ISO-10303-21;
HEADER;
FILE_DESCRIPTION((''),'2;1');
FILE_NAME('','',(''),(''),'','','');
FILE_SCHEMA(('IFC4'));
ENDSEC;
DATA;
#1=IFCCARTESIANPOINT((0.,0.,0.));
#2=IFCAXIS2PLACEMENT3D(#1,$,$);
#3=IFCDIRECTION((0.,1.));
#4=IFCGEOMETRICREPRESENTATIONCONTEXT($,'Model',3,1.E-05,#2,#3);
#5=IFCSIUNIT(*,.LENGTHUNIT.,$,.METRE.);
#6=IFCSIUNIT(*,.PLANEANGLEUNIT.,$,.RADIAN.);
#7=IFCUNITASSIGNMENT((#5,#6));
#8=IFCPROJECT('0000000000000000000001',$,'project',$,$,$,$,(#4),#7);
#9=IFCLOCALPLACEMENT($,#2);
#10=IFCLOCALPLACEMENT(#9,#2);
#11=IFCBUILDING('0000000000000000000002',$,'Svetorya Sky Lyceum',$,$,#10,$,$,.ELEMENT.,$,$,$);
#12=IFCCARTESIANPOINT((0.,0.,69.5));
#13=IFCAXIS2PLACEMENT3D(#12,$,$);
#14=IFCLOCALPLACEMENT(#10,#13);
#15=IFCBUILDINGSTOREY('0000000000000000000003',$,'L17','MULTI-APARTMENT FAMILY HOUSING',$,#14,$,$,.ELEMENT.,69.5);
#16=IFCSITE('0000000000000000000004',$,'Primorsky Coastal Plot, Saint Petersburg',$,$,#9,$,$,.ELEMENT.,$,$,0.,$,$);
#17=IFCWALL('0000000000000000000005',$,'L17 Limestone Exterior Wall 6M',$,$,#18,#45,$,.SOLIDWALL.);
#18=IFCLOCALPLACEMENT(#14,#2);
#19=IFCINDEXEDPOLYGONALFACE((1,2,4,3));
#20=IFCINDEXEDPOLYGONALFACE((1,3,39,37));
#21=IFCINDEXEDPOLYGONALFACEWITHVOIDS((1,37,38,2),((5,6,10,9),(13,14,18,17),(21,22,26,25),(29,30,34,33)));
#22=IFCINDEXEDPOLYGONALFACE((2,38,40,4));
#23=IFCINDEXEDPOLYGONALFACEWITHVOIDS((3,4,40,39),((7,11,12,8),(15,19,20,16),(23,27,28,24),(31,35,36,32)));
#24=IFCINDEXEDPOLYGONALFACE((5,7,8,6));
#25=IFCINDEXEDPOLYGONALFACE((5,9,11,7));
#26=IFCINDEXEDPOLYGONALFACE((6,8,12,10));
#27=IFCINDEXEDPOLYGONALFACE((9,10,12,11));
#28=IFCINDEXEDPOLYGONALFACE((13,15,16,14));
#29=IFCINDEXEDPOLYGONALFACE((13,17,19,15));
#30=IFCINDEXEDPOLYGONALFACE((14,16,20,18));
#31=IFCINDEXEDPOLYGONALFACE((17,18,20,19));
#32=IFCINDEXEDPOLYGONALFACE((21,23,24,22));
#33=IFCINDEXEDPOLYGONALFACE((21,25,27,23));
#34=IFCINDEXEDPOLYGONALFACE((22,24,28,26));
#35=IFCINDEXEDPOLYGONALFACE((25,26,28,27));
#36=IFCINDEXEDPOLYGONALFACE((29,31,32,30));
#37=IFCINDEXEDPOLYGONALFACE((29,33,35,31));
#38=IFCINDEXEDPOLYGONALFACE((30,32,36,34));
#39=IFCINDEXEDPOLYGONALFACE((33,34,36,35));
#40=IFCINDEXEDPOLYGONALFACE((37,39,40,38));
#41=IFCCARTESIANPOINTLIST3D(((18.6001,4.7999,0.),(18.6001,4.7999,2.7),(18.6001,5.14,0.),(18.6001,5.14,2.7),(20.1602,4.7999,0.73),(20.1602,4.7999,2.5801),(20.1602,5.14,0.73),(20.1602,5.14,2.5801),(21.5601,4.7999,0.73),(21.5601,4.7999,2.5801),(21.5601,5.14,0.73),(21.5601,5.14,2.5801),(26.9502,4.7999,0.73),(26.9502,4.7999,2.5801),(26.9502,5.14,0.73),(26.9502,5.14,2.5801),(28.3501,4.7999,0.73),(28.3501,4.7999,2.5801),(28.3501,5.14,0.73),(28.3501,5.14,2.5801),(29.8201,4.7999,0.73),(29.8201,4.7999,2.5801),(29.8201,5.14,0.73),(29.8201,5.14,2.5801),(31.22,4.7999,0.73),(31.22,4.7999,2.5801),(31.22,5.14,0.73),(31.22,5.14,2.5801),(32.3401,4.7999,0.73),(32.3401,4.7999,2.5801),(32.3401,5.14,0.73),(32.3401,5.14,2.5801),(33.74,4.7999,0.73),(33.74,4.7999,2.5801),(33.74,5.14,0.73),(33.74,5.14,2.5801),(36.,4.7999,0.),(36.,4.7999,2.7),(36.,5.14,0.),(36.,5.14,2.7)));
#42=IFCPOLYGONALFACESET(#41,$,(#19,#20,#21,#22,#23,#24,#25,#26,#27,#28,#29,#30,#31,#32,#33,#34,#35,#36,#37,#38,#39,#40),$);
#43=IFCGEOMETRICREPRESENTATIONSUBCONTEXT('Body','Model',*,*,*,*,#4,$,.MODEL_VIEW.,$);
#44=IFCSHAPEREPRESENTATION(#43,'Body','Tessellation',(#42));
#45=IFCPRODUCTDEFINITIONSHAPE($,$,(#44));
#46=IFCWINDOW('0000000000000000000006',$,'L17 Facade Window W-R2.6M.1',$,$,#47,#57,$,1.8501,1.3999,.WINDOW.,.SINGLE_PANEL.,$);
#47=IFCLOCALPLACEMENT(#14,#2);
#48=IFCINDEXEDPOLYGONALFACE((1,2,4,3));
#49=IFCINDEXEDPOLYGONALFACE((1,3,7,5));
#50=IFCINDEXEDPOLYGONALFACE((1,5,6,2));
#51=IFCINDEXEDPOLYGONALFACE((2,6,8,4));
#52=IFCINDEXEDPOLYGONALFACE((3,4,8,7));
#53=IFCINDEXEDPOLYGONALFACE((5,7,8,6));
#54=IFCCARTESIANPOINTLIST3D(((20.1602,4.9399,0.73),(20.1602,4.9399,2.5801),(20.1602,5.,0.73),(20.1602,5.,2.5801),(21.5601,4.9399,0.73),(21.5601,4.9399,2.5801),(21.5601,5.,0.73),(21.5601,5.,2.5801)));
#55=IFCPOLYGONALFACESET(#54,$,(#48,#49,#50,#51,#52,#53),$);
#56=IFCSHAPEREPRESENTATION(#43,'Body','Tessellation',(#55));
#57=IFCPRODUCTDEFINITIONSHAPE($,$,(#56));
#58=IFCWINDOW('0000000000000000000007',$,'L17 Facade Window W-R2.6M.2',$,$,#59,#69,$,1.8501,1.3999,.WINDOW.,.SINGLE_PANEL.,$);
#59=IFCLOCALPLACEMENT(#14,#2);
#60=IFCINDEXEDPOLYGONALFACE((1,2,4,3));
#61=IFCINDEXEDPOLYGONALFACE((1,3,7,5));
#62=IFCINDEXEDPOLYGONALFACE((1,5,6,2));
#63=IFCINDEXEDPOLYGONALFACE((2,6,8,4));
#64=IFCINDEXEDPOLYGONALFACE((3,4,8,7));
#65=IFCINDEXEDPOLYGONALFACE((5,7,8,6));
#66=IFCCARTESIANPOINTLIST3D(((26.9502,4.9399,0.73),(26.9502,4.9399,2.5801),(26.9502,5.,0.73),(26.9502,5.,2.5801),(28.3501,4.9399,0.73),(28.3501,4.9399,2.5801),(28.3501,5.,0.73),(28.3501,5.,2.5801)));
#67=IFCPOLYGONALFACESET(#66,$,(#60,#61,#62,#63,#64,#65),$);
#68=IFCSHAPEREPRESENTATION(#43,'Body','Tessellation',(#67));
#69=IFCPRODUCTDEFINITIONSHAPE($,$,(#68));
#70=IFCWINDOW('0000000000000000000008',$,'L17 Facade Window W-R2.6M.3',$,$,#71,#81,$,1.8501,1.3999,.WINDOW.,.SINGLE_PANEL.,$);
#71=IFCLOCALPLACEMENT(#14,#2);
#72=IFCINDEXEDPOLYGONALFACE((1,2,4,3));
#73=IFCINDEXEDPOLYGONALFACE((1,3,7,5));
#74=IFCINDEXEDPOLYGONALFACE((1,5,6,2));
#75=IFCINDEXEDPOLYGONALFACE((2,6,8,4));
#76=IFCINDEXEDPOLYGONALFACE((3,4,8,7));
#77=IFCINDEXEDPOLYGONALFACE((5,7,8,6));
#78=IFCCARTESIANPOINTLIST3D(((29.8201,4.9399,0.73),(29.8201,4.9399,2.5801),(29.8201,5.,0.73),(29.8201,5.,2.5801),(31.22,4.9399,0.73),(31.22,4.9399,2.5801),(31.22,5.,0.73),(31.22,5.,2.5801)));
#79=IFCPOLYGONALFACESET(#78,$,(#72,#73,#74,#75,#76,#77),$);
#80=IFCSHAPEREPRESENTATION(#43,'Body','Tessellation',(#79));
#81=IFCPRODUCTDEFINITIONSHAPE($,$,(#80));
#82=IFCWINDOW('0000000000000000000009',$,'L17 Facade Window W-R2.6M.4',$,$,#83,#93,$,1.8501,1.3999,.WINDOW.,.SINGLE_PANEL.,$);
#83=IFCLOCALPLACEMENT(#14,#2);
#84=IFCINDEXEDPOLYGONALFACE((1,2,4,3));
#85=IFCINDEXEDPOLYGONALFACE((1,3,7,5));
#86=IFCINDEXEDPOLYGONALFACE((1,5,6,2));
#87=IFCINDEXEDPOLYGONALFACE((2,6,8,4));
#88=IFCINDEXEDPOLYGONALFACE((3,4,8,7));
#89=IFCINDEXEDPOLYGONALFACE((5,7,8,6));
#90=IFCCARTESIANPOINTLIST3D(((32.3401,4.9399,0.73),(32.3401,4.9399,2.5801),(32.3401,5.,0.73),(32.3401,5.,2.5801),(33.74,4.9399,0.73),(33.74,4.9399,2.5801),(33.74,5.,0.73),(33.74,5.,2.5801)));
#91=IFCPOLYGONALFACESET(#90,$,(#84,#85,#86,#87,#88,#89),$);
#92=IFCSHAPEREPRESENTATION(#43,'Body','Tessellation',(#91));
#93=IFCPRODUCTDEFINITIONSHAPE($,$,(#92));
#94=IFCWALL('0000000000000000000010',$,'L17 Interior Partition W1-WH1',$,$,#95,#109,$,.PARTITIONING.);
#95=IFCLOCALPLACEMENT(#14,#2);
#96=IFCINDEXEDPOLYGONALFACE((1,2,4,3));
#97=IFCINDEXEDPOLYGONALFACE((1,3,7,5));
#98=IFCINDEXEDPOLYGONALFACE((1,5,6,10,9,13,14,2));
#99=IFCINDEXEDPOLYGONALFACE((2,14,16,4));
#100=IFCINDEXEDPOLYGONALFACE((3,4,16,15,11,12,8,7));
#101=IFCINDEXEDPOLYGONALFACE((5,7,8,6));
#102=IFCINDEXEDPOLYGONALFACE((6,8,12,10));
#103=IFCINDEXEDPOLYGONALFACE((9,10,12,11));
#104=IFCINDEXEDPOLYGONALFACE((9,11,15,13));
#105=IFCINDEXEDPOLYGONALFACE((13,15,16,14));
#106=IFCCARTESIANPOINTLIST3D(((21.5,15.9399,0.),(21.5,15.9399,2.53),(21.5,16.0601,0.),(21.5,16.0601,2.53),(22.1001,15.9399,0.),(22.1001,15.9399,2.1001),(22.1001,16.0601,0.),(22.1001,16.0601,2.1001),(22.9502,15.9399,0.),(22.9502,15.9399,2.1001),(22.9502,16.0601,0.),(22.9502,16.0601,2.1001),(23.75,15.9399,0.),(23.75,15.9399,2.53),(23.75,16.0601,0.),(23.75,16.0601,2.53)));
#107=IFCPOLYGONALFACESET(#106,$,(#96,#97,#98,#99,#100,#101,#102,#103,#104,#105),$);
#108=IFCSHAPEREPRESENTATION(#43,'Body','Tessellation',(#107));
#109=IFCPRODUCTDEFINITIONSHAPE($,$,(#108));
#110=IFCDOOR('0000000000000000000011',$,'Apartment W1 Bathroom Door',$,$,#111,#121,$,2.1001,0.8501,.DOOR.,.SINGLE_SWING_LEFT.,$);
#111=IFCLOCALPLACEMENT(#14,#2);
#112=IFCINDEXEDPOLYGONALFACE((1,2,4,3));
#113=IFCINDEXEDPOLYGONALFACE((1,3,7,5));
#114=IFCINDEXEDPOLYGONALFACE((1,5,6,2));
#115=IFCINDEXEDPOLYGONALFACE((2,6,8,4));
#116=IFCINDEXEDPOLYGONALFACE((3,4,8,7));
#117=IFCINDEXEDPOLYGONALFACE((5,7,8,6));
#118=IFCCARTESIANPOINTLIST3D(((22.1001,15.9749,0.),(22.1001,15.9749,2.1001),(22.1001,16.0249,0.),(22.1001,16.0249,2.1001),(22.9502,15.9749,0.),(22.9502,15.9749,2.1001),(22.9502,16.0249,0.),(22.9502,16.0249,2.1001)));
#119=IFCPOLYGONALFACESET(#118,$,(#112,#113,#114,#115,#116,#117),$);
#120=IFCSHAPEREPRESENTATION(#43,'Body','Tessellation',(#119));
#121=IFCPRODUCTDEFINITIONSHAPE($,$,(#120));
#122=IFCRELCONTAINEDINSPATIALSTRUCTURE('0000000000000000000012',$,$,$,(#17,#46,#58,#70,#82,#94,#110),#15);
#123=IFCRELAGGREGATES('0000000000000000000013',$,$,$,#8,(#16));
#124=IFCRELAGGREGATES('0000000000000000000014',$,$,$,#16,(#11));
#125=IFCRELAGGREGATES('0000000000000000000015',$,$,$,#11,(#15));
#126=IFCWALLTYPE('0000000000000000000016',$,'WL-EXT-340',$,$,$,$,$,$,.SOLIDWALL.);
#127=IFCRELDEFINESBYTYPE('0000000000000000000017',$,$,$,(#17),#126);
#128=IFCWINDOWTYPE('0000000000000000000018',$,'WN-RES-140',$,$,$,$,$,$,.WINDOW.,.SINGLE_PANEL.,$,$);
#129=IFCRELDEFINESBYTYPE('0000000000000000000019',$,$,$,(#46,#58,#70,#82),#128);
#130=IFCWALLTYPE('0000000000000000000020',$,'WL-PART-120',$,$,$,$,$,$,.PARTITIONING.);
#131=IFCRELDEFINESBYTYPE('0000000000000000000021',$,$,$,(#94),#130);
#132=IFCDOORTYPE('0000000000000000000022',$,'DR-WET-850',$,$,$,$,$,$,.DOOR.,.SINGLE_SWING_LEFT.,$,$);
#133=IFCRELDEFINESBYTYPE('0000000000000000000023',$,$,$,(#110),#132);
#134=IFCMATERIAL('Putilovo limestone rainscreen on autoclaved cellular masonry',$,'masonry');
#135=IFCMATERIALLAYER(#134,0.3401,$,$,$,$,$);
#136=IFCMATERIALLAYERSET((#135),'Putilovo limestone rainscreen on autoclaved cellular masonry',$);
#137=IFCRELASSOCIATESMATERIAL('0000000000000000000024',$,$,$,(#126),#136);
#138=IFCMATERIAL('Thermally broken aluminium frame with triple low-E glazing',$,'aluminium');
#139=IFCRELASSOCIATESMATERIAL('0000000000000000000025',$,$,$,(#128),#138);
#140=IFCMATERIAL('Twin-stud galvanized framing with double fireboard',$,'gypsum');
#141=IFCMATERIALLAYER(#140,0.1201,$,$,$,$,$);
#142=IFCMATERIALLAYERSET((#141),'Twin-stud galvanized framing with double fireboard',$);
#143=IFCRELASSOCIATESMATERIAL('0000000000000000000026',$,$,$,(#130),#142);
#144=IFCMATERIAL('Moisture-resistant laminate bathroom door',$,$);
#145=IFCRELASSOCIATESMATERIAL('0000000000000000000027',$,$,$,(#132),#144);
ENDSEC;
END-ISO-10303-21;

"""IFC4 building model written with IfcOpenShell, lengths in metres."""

from ifc_helpers import new_model, si_unit, direction, frame, frame_2d, origin, place, context, subcontext, project, spatial, rectangle, extrude, material, layer, layer_set, type_object, element, fill, save


model = new_model("IFC4")

# Units and contexts
model_context = context("Model", 3, precision=1e-05, world=origin(), true_north=direction((0.0, 1.0)))
body_context = subcontext(model_context, "Body", "Model", "MODEL_VIEW")
ifc_project = project(units=[si_unit("LENGTHUNIT", "METRE"), si_unit("PLANEANGLEUNIT", "RADIAN")], contexts=[model_context])

# Site, building, storey
site_placement = place(None, origin())
site = spatial("IfcSite", under=ifc_project, at=site_placement, Name="Primorsky Coastal Plot, Saint Petersburg", CompositionType="ELEMENT", RefElevation=0.0)
building_placement = place(site_placement, origin())
building = spatial("IfcBuilding", under=site, at=building_placement, Name="Svetorya Sky Lyceum", CompositionType="ELEMENT")
storey_placement = place(building_placement, frame((0.0, 0.0, 69.5)))
storey = spatial("IfcBuildingStorey", under=building, at=storey_placement, Name="L17", Description="MULTI-APARTMENT FAMILY HOUSING", CompositionType="ELEMENT", Elevation=69.5)

# Shared definitions
ifc_material_1 = material(Name="Putilovo limestone rainscreen on autoclaved cellular masonry", Category="masonry")
ifc_layer_1 = layer(ifc_material_1, 0.3401)
ifc_layer_set_1 = layer_set([ifc_layer_1], Name="Putilovo limestone rainscreen on autoclaved cellular masonry")
wall_type_1 = type_object("IfcWallType", Name="WL-EXT-340", PredefinedType="SOLIDWALL", material=ifc_layer_set_1)

# Wall, openings, windows
wall_1_placement = place(storey_placement, frame((18.6001, 4.97, 0.0), z_axis=(0.0, 0.0, 1.0), x_axis=(1.0, 0.0, 0.0)))
wall_1 = element("IfcWall", 1, at=wall_1_placement, inside=storey, type_object=wall_type_1, Name="L17 Limestone Exterior Wall 6M", PredefinedType="SOLIDWALL", context=body_context, shape_type="SweptSolid", body=[
    extrude(rectangle(XDim=17.3999, YDim=0.3401, at=frame_2d((8.7, 0.0))), origin(), (0.0, 0.0, 1.0), 2.7),
])
opening_1_placement = place(wall_1_placement, frame((1.5601, 0.0, 0.73)))
opening_1 = element("IfcOpeningElement", 2, at=opening_1_placement, cuts=wall_1, PredefinedType="OPENING", context=body_context, shape_type="SweptSolid", body=[
    extrude(rectangle(XDim=1.3999, YDim=1.8501, at=frame_2d((0.7, 0.925))), frame((0.0, 0.1799, 0.0), z_axis=(0.0, -1.0, 0.0), x_axis=(1.0, 0.0, 0.0)), (0.0, 0.0, 1.0), 0.3601),
])
opening_2_placement = place(wall_1_placement, frame((8.3501, 0.0, 0.73)))
opening_2 = element("IfcOpeningElement", 3, at=opening_2_placement, cuts=wall_1, PredefinedType="OPENING", context=body_context, shape_type="SweptSolid", body=[
    extrude(rectangle(XDim=1.3999, YDim=1.8501, at=frame_2d((0.7, 0.925))), frame((0.0, 0.1799, 0.0), z_axis=(0.0, -1.0, 0.0), x_axis=(1.0, 0.0, 0.0)), (0.0, 0.0, 1.0), 0.3601),
])
opening_3_placement = place(wall_1_placement, frame((11.22, 0.0, 0.73)))
opening_3 = element("IfcOpeningElement", 4, at=opening_3_placement, cuts=wall_1, PredefinedType="OPENING", context=body_context, shape_type="SweptSolid", body=[
    extrude(rectangle(XDim=1.3999, YDim=1.8501, at=frame_2d((0.7, 0.925))), frame((0.0, 0.1799, 0.0), z_axis=(0.0, -1.0, 0.0), x_axis=(1.0, 0.0, 0.0)), (0.0, 0.0, 1.0), 0.3601),
])
opening_4_placement = place(wall_1_placement, frame((13.74, 0.0, 0.73)))
opening_4 = element("IfcOpeningElement", 5, at=opening_4_placement, cuts=wall_1, PredefinedType="OPENING", context=body_context, shape_type="SweptSolid", body=[
    extrude(rectangle(XDim=1.3999, YDim=1.8501, at=frame_2d((0.7, 0.925))), frame((0.0, 0.1799, 0.0), z_axis=(0.0, -1.0, 0.0), x_axis=(1.0, 0.0, 0.0)), (0.0, 0.0, 1.0), 0.3601),
])
ifc_material_2 = material(Name="Thermally broken aluminium frame with triple low-E glazing", Category="aluminium")
window_type = type_object("IfcWindowType", Name="WN-RES-140", PartitioningType="SINGLE_PANEL", PredefinedType="WINDOW", material=ifc_material_2)
window_1_placement = place(opening_1_placement, origin())
window_1 = element("IfcWindow", 6, at=window_1_placement, inside=storey, type_object=window_type, Name="L17 Facade Window W-R2.6M.1", OverallHeight=1.8501, OverallWidth=1.3999, PartitioningType="SINGLE_PANEL", PredefinedType="WINDOW", context=body_context, shape_type="SweptSolid", body=[
    extrude(rectangle(XDim=1.3999, YDim=1.8501, at=frame_2d((0.7, 0.925))), frame((0.0, 0.03, 0.0), z_axis=(0.0, -1.0, 0.0), x_axis=(1.0, 0.0, 0.0)), (0.0, 0.0, 1.0), 0.0601),
])
fill(opening_1, window_1)
window_2_placement = place(opening_2_placement, origin())
window_2 = element("IfcWindow", 7, at=window_2_placement, inside=storey, type_object=window_type, Name="L17 Facade Window W-R2.6M.2", OverallHeight=1.8501, OverallWidth=1.3999, PartitioningType="SINGLE_PANEL", PredefinedType="WINDOW", context=body_context, shape_type="SweptSolid", body=[
    extrude(rectangle(XDim=1.3999, YDim=1.8501, at=frame_2d((0.7, 0.925))), frame((0.0, 0.03, 0.0), z_axis=(0.0, -1.0, 0.0), x_axis=(1.0, 0.0, 0.0)), (0.0, 0.0, 1.0), 0.0601),
])
fill(opening_2, window_2)
window_3_placement = place(opening_3_placement, origin())
window_3 = element("IfcWindow", 8, at=window_3_placement, inside=storey, type_object=window_type, Name="L17 Facade Window W-R2.6M.3", OverallHeight=1.8501, OverallWidth=1.3999, PartitioningType="SINGLE_PANEL", PredefinedType="WINDOW", context=body_context, shape_type="SweptSolid", body=[
    extrude(rectangle(XDim=1.3999, YDim=1.8501, at=frame_2d((0.7, 0.925))), frame((0.0, 0.03, 0.0), z_axis=(0.0, -1.0, 0.0), x_axis=(1.0, 0.0, 0.0)), (0.0, 0.0, 1.0), 0.0601),
])
fill(opening_3, window_3)
window_4_placement = place(opening_4_placement, origin())
window_4 = element("IfcWindow", 9, at=window_4_placement, inside=storey, type_object=window_type, Name="L17 Facade Window W-R2.6M.4", OverallHeight=1.8501, OverallWidth=1.3999, PartitioningType="SINGLE_PANEL", PredefinedType="WINDOW", context=body_context, shape_type="SweptSolid", body=[
    extrude(rectangle(XDim=1.3999, YDim=1.8501, at=frame_2d((0.7, 0.925))), frame((0.0, 0.03, 0.0), z_axis=(0.0, -1.0, 0.0), x_axis=(1.0, 0.0, 0.0)), (0.0, 0.0, 1.0), 0.0601),
])
fill(opening_4, window_4)

# Wall, opening, door
ifc_material_3 = material(Name="Twin-stud galvanized framing with double fireboard", Category="gypsum")
ifc_layer_2 = layer(ifc_material_3, 0.1201)
ifc_layer_set_2 = layer_set([ifc_layer_2], Name="Twin-stud galvanized framing with double fireboard")
wall_type_2 = type_object("IfcWallType", Name="WL-PART-120", PredefinedType="PARTITIONING", material=ifc_layer_set_2)
wall_2_placement = place(storey_placement, frame((21.5, 16.0, 0.0), z_axis=(0.0, 0.0, 1.0), x_axis=(1.0, 0.0, 0.0)))
wall_2 = element("IfcWall", 10, at=wall_2_placement, inside=storey, type_object=wall_type_2, Name="L17 Interior Partition W1-WH1", PredefinedType="PARTITIONING", context=body_context, shape_type="SweptSolid", body=[
    extrude(rectangle(XDim=2.25, YDim=0.1201, at=frame_2d((1.125, 0.0))), origin(), (0.0, 0.0, 1.0), 2.53),
])
opening_5_placement = place(wall_2_placement, frame((0.6001, 0.0, 0.0)))
opening_5 = element("IfcOpeningElement", 11, at=opening_5_placement, cuts=wall_2, PredefinedType="OPENING", context=body_context, shape_type="SweptSolid", body=[
    extrude(rectangle(XDim=0.8501, YDim=2.1001, at=frame_2d((0.425, 1.05))), frame((0.0, 0.0701, 0.0), z_axis=(0.0, -1.0, 0.0), x_axis=(1.0, 0.0, 0.0)), (0.0, 0.0, 1.0), 0.1401),
])
ifc_material_4 = material(Name="Moisture-resistant laminate bathroom door")
door_type_1 = type_object("IfcDoorType", Name="DR-WET-850", OperationType="SINGLE_SWING_LEFT", PredefinedType="DOOR", material=ifc_material_4)
door_1_placement = place(opening_5_placement, origin())
door_1 = element("IfcDoor", 12, at=door_1_placement, inside=storey, type_object=door_type_1, Name="Apartment W1 Bathroom Door", OperationType="SINGLE_SWING_LEFT", OverallHeight=2.1001, OverallWidth=0.8501, PredefinedType="DOOR", context=body_context, shape_type="SweptSolid", body=[
    extrude(rectangle(XDim=0.8501, YDim=2.1001, at=frame_2d((0.425, 1.05))), frame((0.0, 0.0249, 0.0), z_axis=(0.0, -1.0, 0.0), x_axis=(1.0, 0.0, 0.0)), (0.0, 0.0, 1.0), 0.05),
])
fill(opening_5, door_1)

save(model, "model.ifc")
